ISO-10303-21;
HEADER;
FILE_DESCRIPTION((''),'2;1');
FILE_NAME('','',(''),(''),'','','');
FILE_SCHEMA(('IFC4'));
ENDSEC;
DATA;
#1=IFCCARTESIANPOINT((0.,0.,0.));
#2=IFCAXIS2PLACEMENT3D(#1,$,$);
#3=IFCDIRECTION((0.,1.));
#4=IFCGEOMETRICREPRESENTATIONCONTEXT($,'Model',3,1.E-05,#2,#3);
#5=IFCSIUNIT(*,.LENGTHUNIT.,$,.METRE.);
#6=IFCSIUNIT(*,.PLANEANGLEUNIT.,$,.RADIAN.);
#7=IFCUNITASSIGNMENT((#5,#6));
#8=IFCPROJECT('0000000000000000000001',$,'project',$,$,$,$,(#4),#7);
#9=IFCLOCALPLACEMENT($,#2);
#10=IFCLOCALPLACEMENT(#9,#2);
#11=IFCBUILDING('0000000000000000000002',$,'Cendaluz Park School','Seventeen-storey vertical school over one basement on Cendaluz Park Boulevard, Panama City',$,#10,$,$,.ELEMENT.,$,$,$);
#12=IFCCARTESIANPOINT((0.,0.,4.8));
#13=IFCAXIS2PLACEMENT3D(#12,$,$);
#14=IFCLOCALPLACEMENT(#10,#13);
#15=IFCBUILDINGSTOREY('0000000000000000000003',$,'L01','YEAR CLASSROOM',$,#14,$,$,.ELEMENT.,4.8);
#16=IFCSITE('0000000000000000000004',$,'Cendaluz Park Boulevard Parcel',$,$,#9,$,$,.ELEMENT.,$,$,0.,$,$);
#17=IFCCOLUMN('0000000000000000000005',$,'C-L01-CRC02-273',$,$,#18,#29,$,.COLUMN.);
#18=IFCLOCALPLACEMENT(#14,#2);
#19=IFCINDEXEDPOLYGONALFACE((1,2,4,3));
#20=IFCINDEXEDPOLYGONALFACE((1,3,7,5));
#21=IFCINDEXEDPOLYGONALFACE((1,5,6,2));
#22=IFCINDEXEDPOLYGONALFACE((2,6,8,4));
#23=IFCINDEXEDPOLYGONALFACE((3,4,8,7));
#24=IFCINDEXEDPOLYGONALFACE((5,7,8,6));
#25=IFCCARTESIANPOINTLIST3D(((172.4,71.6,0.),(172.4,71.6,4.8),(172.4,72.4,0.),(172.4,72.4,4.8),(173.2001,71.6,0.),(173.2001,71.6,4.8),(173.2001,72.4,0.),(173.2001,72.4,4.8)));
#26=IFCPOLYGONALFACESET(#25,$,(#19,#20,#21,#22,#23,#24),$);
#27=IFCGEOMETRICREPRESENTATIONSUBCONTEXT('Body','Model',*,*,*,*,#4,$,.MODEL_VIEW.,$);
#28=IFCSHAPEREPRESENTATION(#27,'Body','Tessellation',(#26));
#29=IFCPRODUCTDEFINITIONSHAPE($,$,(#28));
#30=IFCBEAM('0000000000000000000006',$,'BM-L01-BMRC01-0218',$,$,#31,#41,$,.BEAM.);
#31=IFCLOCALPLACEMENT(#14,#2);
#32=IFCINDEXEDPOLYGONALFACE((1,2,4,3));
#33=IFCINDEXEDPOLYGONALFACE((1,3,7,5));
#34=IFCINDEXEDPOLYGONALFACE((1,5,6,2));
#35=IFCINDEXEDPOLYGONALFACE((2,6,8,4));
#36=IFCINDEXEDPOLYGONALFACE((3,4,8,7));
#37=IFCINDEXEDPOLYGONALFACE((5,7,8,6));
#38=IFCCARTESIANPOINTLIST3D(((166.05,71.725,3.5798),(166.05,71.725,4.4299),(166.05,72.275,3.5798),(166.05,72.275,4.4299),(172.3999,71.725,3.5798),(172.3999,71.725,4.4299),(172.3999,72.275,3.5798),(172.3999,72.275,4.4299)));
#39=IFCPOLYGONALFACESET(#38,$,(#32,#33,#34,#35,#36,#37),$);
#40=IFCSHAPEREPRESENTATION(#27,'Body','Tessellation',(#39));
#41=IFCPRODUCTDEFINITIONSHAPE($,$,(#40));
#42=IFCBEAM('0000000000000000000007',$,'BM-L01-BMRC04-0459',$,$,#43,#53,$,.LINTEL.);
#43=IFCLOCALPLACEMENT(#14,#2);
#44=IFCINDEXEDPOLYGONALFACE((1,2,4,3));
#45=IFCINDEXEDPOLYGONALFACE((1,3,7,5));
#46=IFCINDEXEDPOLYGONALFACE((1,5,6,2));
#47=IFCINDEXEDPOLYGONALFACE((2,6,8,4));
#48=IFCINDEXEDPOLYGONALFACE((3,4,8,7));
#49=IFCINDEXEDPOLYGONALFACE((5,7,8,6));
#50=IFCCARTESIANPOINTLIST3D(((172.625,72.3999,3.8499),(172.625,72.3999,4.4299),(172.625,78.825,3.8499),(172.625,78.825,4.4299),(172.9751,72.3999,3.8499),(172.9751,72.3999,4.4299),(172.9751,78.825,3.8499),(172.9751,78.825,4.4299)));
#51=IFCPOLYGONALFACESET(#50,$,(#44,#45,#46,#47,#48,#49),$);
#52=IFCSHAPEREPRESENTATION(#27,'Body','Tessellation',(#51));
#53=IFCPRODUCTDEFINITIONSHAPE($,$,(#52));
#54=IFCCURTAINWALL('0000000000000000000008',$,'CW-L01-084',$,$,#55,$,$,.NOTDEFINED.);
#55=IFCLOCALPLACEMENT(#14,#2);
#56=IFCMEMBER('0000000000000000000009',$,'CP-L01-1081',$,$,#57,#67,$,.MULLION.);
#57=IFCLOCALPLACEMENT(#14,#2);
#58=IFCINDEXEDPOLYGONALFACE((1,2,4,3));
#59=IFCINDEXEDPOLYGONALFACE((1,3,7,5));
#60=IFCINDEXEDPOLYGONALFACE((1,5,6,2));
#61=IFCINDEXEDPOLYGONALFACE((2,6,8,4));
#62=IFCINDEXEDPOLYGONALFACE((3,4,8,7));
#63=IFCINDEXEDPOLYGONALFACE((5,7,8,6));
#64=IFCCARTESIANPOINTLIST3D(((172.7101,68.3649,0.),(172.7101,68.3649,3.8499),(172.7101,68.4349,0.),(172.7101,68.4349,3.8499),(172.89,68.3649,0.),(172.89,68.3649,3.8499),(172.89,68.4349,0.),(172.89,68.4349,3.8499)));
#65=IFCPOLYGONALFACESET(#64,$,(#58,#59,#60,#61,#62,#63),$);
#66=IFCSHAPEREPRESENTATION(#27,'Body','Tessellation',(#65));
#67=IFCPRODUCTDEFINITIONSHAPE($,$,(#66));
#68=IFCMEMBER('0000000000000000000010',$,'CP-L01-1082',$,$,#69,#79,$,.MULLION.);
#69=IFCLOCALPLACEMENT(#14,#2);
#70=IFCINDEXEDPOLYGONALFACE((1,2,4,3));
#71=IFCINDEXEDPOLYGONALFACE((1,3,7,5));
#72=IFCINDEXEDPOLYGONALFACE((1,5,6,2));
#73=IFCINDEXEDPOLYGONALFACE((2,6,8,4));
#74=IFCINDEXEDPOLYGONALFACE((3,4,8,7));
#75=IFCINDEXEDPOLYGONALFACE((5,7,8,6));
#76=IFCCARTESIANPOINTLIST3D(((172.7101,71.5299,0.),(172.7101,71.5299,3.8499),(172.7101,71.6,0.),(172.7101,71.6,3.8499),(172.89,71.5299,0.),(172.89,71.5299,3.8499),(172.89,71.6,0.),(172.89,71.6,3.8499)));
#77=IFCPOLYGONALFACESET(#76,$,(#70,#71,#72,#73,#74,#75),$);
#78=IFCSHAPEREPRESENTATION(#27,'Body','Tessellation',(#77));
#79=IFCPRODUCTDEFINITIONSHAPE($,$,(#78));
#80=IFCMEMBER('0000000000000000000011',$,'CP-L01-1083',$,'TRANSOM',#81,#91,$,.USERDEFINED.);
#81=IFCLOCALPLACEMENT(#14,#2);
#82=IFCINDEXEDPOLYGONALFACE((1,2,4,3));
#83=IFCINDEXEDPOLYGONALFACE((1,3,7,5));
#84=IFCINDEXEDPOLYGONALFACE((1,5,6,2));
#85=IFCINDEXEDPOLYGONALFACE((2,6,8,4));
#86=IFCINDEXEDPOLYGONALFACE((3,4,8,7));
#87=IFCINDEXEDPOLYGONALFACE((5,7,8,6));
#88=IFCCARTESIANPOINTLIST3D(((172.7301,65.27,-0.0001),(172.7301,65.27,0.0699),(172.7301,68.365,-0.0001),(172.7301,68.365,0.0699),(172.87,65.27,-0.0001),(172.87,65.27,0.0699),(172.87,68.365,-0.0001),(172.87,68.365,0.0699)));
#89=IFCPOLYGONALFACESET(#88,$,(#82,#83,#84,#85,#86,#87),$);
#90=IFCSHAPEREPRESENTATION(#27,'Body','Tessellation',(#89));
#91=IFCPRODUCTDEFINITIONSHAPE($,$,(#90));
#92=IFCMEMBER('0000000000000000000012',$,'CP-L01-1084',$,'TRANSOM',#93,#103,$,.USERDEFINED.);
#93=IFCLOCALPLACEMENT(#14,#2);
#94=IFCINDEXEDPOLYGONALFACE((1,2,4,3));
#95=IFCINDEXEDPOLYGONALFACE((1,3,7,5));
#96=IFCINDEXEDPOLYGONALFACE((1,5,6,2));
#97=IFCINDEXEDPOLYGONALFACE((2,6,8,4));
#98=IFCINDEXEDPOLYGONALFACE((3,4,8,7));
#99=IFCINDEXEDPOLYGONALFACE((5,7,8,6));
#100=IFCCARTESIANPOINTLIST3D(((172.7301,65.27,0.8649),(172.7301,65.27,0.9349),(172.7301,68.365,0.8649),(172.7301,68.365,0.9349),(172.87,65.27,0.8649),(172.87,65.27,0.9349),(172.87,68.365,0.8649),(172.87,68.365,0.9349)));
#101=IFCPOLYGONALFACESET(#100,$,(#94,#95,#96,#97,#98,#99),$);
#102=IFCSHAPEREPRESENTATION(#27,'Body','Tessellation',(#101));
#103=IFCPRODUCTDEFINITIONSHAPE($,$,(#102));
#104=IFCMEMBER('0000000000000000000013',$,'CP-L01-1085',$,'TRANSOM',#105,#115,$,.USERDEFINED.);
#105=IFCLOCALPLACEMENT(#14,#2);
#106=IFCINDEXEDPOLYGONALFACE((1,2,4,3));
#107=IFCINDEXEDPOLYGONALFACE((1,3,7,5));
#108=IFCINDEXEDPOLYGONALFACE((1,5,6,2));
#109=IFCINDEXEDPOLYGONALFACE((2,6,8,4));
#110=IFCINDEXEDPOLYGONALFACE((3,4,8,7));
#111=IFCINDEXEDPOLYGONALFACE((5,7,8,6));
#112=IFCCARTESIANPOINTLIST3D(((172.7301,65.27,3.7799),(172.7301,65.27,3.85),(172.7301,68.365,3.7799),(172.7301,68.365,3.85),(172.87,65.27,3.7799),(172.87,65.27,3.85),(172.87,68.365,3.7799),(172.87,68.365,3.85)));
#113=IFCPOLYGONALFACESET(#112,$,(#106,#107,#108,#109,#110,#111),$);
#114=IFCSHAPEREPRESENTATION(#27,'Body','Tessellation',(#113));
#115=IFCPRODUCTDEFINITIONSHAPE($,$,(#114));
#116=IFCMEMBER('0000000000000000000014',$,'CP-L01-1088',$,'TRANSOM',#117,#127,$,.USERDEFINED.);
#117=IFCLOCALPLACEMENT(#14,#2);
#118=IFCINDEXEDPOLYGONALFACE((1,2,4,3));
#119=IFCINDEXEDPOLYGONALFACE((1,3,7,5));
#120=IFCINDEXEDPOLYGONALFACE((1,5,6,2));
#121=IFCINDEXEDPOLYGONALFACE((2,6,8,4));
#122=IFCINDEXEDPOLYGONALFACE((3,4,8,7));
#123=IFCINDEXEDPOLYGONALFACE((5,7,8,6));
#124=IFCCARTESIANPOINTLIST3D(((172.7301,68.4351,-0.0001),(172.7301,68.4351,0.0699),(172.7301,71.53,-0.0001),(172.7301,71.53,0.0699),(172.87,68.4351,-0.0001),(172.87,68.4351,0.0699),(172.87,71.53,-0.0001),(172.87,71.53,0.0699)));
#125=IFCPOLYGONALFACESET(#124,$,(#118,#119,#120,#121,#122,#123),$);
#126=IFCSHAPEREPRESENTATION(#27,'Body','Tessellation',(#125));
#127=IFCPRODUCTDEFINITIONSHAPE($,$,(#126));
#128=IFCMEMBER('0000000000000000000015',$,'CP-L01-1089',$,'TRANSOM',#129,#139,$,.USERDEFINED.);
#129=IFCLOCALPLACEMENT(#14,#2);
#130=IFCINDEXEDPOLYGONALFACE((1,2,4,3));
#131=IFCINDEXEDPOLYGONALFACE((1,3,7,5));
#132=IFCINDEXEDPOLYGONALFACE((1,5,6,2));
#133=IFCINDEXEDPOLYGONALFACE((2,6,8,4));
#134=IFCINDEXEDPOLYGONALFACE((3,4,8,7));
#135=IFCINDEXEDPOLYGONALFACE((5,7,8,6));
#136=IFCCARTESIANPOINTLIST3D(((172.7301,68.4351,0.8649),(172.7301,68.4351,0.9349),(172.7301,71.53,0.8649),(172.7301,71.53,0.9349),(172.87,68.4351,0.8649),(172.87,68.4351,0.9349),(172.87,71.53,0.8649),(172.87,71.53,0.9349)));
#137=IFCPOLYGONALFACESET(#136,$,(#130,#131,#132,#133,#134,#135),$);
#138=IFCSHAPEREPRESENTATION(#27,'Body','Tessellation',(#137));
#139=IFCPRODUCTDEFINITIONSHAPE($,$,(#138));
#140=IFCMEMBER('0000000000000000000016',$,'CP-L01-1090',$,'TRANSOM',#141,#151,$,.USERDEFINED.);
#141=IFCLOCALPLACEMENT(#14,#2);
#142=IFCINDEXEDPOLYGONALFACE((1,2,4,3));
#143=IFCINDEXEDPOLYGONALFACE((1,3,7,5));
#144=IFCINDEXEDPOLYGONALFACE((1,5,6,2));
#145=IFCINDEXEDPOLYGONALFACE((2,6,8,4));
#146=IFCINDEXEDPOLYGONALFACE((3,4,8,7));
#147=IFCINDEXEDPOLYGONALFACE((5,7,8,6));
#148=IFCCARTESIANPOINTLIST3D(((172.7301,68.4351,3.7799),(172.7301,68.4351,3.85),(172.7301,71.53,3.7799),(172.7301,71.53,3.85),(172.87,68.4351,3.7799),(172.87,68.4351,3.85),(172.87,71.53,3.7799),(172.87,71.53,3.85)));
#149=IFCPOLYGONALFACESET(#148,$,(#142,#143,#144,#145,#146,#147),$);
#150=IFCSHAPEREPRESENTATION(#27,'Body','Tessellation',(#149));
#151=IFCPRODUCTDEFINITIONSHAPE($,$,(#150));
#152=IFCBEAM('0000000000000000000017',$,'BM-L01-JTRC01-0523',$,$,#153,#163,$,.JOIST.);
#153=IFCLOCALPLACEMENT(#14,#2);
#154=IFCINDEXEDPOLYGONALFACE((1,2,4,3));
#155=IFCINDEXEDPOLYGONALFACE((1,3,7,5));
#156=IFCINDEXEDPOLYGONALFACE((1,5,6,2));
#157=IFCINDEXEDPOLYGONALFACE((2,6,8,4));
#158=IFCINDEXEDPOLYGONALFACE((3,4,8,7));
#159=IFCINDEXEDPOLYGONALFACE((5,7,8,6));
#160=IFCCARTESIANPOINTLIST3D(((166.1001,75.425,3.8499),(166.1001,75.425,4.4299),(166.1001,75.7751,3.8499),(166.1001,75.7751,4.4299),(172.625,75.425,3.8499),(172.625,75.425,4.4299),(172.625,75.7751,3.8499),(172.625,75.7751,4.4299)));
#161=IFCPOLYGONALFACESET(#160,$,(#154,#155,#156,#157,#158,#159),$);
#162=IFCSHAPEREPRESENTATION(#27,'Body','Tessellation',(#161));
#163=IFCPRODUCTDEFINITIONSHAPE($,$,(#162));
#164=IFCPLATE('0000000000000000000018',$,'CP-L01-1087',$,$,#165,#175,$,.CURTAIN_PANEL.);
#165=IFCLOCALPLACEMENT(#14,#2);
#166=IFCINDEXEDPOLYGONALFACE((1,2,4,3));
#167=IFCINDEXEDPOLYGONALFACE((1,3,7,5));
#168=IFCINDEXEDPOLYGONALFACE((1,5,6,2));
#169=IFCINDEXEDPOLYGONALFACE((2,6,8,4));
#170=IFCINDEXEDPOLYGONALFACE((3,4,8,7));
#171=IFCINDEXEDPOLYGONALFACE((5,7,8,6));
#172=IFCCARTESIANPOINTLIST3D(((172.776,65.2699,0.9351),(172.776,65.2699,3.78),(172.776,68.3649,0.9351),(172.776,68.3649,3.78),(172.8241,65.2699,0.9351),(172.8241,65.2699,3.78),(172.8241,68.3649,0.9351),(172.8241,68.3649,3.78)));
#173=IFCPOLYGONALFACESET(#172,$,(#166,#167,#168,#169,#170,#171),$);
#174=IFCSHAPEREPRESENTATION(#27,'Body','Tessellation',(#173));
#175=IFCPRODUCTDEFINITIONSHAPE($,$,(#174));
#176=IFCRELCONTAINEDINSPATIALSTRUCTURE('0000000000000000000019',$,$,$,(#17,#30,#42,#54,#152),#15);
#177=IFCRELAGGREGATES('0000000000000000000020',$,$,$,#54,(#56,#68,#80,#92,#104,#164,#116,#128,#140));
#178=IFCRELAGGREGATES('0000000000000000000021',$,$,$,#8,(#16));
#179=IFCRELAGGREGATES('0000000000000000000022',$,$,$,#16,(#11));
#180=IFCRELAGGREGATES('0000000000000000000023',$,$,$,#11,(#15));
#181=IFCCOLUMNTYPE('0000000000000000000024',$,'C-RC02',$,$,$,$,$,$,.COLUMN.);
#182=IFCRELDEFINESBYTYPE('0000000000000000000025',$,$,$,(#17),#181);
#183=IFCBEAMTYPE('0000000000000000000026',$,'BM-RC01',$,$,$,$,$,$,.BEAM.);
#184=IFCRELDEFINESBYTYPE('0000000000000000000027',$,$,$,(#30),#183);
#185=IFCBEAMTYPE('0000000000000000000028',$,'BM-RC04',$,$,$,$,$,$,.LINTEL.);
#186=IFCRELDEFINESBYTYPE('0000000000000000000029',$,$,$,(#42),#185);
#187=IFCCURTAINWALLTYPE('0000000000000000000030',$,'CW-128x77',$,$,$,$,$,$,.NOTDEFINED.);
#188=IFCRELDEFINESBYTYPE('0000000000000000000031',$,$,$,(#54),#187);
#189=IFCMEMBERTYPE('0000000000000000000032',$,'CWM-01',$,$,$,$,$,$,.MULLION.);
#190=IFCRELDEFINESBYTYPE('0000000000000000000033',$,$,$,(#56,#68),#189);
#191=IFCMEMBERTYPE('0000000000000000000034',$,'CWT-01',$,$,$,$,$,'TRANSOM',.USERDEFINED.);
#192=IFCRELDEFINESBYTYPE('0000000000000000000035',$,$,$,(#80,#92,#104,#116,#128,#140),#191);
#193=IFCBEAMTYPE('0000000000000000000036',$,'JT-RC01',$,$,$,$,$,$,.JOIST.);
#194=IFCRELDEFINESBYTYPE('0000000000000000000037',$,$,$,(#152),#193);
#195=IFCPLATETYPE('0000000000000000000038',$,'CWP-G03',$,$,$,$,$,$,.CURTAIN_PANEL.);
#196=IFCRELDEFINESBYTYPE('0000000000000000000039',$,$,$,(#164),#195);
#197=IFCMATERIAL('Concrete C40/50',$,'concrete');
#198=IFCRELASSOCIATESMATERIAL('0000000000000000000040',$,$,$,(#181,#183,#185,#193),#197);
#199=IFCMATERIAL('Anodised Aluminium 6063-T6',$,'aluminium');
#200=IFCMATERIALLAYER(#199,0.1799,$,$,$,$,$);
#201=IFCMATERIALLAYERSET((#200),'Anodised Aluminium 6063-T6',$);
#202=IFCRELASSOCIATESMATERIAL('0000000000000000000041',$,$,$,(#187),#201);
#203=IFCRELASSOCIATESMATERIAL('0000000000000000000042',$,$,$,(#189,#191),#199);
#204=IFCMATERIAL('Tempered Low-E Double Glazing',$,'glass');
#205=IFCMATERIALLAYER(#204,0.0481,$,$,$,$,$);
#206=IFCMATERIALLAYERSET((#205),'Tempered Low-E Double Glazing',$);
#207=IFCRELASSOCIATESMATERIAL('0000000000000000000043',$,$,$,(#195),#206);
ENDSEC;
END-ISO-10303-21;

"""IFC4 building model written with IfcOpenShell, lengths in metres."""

from ifc_helpers import new_model, si_unit, direction, frame, origin, origin_2d, place, context, subcontext, project, spatial, rectangle, extrude, material, layer, layer_set, material_profile, profile_set, type_object, element, aggregate, save


model = new_model("IFC4")

# Units and contexts
model_context = context("Model", 3, precision=1e-05, world=origin(), true_north=direction((0.0, 1.0)))
body_context = subcontext(model_context, "Body", "Model", "MODEL_VIEW")
ifc_project = project(units=[si_unit("LENGTHUNIT", "METRE"), si_unit("PLANEANGLEUNIT", "RADIAN")], contexts=[model_context])

# Site, building, storey
site_placement = place(None, origin())
site = spatial("IfcSite", under=ifc_project, at=site_placement, Name="Cendaluz Park Boulevard Parcel", CompositionType="ELEMENT", RefElevation=0.0)
building_placement = place(site_placement, origin())
building = spatial("IfcBuilding", under=site, at=building_placement, Name="Cendaluz Park School", Description="Seventeen-storey vertical school over one basement on Cendaluz Park Boulevard, Panama City", CompositionType="ELEMENT")
storey_placement = place(building_placement, frame((0.0, 0.0, 4.8)))
storey = spatial("IfcBuildingStorey", under=building, at=storey_placement, Name="L01", Description="YEAR CLASSROOM", CompositionType="ELEMENT", Elevation=4.8)

# Column
ifc_material_1 = material(Name="Concrete C40/50", Category="concrete")
ifc_material_profile_1 = material_profile(ifc_material_1, rectangle(XDim=0.8, YDim=0.8, at=origin_2d()), Name="RC 800x800", Category="concrete")
ifc_profile_set_1 = profile_set([ifc_material_profile_1], Name="Concrete C40/50")
column_type = type_object("IfcColumnType", Name="C-RC02", PredefinedType="COLUMN", material=ifc_profile_set_1)
column_placement = place(storey_placement, frame((172.8, 72.0, 0.0), z_axis=(0.0, 0.0, 1.0), x_axis=(1.0, 0.0, 0.0)))
element("IfcColumn", 1, at=column_placement, inside=storey, type_object=column_type, Name="C-L01-CRC02-273", PredefinedType="COLUMN", context=body_context, shape_type="SweptSolid", body=[
    extrude(rectangle(XDim=0.8, YDim=0.8, at=origin_2d()), origin(), (0.0, 0.0, 1.0), 4.8),
])

# Beams
ifc_material_profile_2 = material_profile(ifc_material_1, rectangle(XDim=0.55, YDim=0.8501, at=origin_2d()), Name="RC 550x850", Category="concrete")
ifc_profile_set_2 = profile_set([ifc_material_profile_2], Name="Concrete C40/50")
beam_type_1 = type_object("IfcBeamType", Name="BM-RC01", PredefinedType="BEAM", material=ifc_profile_set_2)
beam_1_placement = place(storey_placement, frame((166.05, 72.0, 4.0049), z_axis=(1.0, 0.0, 0.0), x_axis=(0.0, 1.0, 0.0)))
element("IfcBeam", 2, at=beam_1_placement, inside=storey, type_object=beam_type_1, Name="BM-L01-BMRC01-0218", PredefinedType="BEAM", context=body_context, shape_type="SweptSolid", body=[
    extrude(rectangle(XDim=0.55, YDim=0.8501, at=origin_2d()), origin(), (0.0, 0.0, 1.0), 6.3499),
])
ifc_material_profile_3 = material_profile(ifc_material_1, rectangle(XDim=0.3501, YDim=0.5801, at=origin_2d()), Name="RC 350x580", Category="concrete")
ifc_profile_set_3 = profile_set([ifc_material_profile_3], Name="Concrete C40/50")
beam_type_2 = type_object("IfcBeamType", Name="BM-RC04", PredefinedType="LINTEL", material=ifc_profile_set_3)
beam_2_placement = place(storey_placement, frame((172.8, 72.3999, 4.1399), z_axis=(0.0, 1.0, 0.0), x_axis=(-1.0, 0.0, 0.0)))
element("IfcBeam", 3, at=beam_2_placement, inside=storey, type_object=beam_type_2, Name="BM-L01-BMRC04-0459", PredefinedType="LINTEL", context=body_context, shape_type="SweptSolid", body=[
    extrude(rectangle(XDim=0.3501, YDim=0.5801, at=origin_2d()), origin(), (0.0, 0.0, 1.0), 6.425),
])

# Curtain wall, members
ifc_material_2 = material(Name="Anodised Aluminium 6063-T6", Category="aluminium")
ifc_layer_1 = layer(ifc_material_2, 0.1799)
ifc_layer_set_1 = layer_set([ifc_layer_1], Name="Anodised Aluminium 6063-T6")
curtain_wall_type = type_object("IfcCurtainWallType", Name="CW-128x77", PredefinedType="NOTDEFINED", material=ifc_layer_set_1)
curtain_wall_placement = place(storey_placement, origin())
curtain_wall = element("IfcCurtainWall", 4, at=curtain_wall_placement, inside=storey, type_object=curtain_wall_type, Name="CW-L01-084", PredefinedType="NOTDEFINED")
ifc_material_profile_4 = material_profile(ifc_material_2, rectangle(XDim=0.1799, YDim=0.0701, at=origin_2d()), Name="CWM 180x70", Category="aluminium")
ifc_profile_set_4 = profile_set([ifc_material_profile_4], Name="Anodised Aluminium 6063-T6")
member_type_1 = type_object("IfcMemberType", Name="CWM-01", PredefinedType="MULLION", material=ifc_profile_set_4)
member_1_placement = place(storey_placement, frame((172.8, 68.3999, 0.0), z_axis=(0.0, 0.0, 1.0), x_axis=(-1.0, 0.0, 0.0)))
member_1 = element("IfcMember", 5, at=member_1_placement, type_object=member_type_1, Name="CP-L01-1081", PredefinedType="MULLION", context=body_context, shape_type="SweptSolid", body=[
    extrude(rectangle(XDim=0.1799, YDim=0.0701, at=origin_2d()), origin(), (0.0, 0.0, 1.0), 3.8499),
])
member_2_placement = place(storey_placement, frame((172.8, 71.5649, 0.0), z_axis=(0.0, 0.0, 1.0), x_axis=(-1.0, 0.0, 0.0)))
member_2 = element("IfcMember", 6, at=member_2_placement, type_object=member_type_1, Name="CP-L01-1082", PredefinedType="MULLION", context=body_context, shape_type="SweptSolid", body=[
    extrude(rectangle(XDim=0.1799, YDim=0.0701, at=origin_2d()), origin(), (0.0, 0.0, 1.0), 3.8499),
])
ifc_material_profile_5 = material_profile(ifc_material_2, rectangle(XDim=0.1399, YDim=0.0701, at=origin_2d()), Name="CWT 140x70", Category="aluminium")
ifc_profile_set_5 = profile_set([ifc_material_profile_5], Name="Anodised Aluminium 6063-T6")
member_type_2 = type_object("IfcMemberType", Name="CWT-01", ElementType="TRANSOM", PredefinedType="USERDEFINED", material=ifc_profile_set_5)
member_3_placement = place(storey_placement, frame((172.8, 65.27, 0.0349), z_axis=(0.0, 1.0, 0.0), x_axis=(-1.0, 0.0, 0.0)))
member_3 = element("IfcMember", 7, at=member_3_placement, type_object=member_type_2, Name="CP-L01-1083", ObjectType="TRANSOM", PredefinedType="USERDEFINED", context=body_context, shape_type="SweptSolid", body=[
    extrude(rectangle(XDim=0.1399, YDim=0.0701, at=origin_2d()), origin(), (0.0, 0.0, 1.0), 3.095),
])
member_4_placement = place(storey_placement, frame((172.8, 65.27, 0.8999), z_axis=(0.0, 1.0, 0.0), x_axis=(-1.0, 0.0, 0.0)))
member_4 = element("IfcMember", 8, at=member_4_placement, type_object=member_type_2, Name="CP-L01-1084", ObjectType="TRANSOM", PredefinedType="USERDEFINED", context=body_context, shape_type="SweptSolid", body=[
    extrude(rectangle(XDim=0.1399, YDim=0.0701, at=origin_2d()), origin(), (0.0, 0.0, 1.0), 3.095),
])
member_5_placement = place(storey_placement, frame((172.8, 65.27, 3.8149), z_axis=(0.0, 1.0, 0.0), x_axis=(-1.0, 0.0, 0.0)))
member_5 = element("IfcMember", 9, at=member_5_placement, type_object=member_type_2, Name="CP-L01-1085", ObjectType="TRANSOM", PredefinedType="USERDEFINED", context=body_context, shape_type="SweptSolid", body=[
    extrude(rectangle(XDim=0.1399, YDim=0.0701, at=origin_2d()), origin(), (0.0, 0.0, 1.0), 3.095),
])
member_6_placement = place(storey_placement, frame((172.8, 68.4351, 0.0349), z_axis=(0.0, 1.0, 0.0), x_axis=(-1.0, 0.0, 0.0)))
member_6 = element("IfcMember", 10, at=member_6_placement, type_object=member_type_2, Name="CP-L01-1088", ObjectType="TRANSOM", PredefinedType="USERDEFINED", context=body_context, shape_type="SweptSolid", body=[
    extrude(rectangle(XDim=0.1399, YDim=0.0701, at=origin_2d()), origin(), (0.0, 0.0, 1.0), 3.095),
])
member_7_placement = place(storey_placement, frame((172.8, 68.4351, 0.8999), z_axis=(0.0, 1.0, 0.0), x_axis=(-1.0, 0.0, 0.0)))
member_7 = element("IfcMember", 11, at=member_7_placement, type_object=member_type_2, Name="CP-L01-1089", ObjectType="TRANSOM", PredefinedType="USERDEFINED", context=body_context, shape_type="SweptSolid", body=[
    extrude(rectangle(XDim=0.1399, YDim=0.0701, at=origin_2d()), origin(), (0.0, 0.0, 1.0), 3.095),
])
member_8_placement = place(storey_placement, frame((172.8, 68.4351, 3.8149), z_axis=(0.0, 1.0, 0.0), x_axis=(-1.0, 0.0, 0.0)))
member_8 = element("IfcMember", 12, at=member_8_placement, type_object=member_type_2, Name="CP-L01-1090", ObjectType="TRANSOM", PredefinedType="USERDEFINED", context=body_context, shape_type="SweptSolid", body=[
    extrude(rectangle(XDim=0.1399, YDim=0.0701, at=origin_2d()), origin(), (0.0, 0.0, 1.0), 3.095),
])

# Beam
ifc_material_profile_6 = material_profile(ifc_material_1, rectangle(XDim=0.3501, YDim=0.5801, at=origin_2d()), Name="RC 350x580", Category="concrete")
ifc_profile_set_6 = profile_set([ifc_material_profile_6], Name="Concrete C40/50")
beam_type_3 = type_object("IfcBeamType", Name="JT-RC01", PredefinedType="JOIST", material=ifc_profile_set_6)
beam_3_placement = place(storey_placement, frame((166.1001, 75.6001, 4.1399), z_axis=(1.0, 0.0, 0.0), x_axis=(0.0, 1.0, 0.0)))
element("IfcBeam", 13, at=beam_3_placement, inside=storey, type_object=beam_type_3, Name="BM-L01-JTRC01-0523", PredefinedType="JOIST", context=body_context, shape_type="SweptSolid", body=[
    extrude(rectangle(XDim=0.3501, YDim=0.5801, at=origin_2d()), origin(), (0.0, 0.0, 1.0), 6.5249),
])

# Plate
ifc_material_3 = material(Name="Tempered Low-E Double Glazing", Category="glass")
ifc_layer_2 = layer(ifc_material_3, 0.0481)
ifc_layer_set_2 = layer_set([ifc_layer_2], Name="Tempered Low-E Double Glazing")
plate_type_1 = type_object("IfcPlateType", Name="CWP-G03", PredefinedType="CURTAIN_PANEL", material=ifc_layer_set_2)
plate_1_placement = place(storey_placement, frame((172.8, 66.8174, 0.9351), z_axis=(0.0, 0.0, 1.0), x_axis=(0.0, 1.0, 0.0)))
plate_1 = element("IfcPlate", 14, at=plate_1_placement, type_object=plate_type_1, Name="CP-L01-1087", PredefinedType="CURTAIN_PANEL", context=body_context, shape_type="SweptSolid", body=[
    extrude(rectangle(XDim=3.095, YDim=0.0481, at=origin_2d()), origin(), (0.0, 0.0, 1.0), 2.845),
])
aggregate(curtain_wall, [member_1, member_2, member_3, member_4, member_5, plate_1, member_6, member_7, member_8])

save(model, "model.ifc")
